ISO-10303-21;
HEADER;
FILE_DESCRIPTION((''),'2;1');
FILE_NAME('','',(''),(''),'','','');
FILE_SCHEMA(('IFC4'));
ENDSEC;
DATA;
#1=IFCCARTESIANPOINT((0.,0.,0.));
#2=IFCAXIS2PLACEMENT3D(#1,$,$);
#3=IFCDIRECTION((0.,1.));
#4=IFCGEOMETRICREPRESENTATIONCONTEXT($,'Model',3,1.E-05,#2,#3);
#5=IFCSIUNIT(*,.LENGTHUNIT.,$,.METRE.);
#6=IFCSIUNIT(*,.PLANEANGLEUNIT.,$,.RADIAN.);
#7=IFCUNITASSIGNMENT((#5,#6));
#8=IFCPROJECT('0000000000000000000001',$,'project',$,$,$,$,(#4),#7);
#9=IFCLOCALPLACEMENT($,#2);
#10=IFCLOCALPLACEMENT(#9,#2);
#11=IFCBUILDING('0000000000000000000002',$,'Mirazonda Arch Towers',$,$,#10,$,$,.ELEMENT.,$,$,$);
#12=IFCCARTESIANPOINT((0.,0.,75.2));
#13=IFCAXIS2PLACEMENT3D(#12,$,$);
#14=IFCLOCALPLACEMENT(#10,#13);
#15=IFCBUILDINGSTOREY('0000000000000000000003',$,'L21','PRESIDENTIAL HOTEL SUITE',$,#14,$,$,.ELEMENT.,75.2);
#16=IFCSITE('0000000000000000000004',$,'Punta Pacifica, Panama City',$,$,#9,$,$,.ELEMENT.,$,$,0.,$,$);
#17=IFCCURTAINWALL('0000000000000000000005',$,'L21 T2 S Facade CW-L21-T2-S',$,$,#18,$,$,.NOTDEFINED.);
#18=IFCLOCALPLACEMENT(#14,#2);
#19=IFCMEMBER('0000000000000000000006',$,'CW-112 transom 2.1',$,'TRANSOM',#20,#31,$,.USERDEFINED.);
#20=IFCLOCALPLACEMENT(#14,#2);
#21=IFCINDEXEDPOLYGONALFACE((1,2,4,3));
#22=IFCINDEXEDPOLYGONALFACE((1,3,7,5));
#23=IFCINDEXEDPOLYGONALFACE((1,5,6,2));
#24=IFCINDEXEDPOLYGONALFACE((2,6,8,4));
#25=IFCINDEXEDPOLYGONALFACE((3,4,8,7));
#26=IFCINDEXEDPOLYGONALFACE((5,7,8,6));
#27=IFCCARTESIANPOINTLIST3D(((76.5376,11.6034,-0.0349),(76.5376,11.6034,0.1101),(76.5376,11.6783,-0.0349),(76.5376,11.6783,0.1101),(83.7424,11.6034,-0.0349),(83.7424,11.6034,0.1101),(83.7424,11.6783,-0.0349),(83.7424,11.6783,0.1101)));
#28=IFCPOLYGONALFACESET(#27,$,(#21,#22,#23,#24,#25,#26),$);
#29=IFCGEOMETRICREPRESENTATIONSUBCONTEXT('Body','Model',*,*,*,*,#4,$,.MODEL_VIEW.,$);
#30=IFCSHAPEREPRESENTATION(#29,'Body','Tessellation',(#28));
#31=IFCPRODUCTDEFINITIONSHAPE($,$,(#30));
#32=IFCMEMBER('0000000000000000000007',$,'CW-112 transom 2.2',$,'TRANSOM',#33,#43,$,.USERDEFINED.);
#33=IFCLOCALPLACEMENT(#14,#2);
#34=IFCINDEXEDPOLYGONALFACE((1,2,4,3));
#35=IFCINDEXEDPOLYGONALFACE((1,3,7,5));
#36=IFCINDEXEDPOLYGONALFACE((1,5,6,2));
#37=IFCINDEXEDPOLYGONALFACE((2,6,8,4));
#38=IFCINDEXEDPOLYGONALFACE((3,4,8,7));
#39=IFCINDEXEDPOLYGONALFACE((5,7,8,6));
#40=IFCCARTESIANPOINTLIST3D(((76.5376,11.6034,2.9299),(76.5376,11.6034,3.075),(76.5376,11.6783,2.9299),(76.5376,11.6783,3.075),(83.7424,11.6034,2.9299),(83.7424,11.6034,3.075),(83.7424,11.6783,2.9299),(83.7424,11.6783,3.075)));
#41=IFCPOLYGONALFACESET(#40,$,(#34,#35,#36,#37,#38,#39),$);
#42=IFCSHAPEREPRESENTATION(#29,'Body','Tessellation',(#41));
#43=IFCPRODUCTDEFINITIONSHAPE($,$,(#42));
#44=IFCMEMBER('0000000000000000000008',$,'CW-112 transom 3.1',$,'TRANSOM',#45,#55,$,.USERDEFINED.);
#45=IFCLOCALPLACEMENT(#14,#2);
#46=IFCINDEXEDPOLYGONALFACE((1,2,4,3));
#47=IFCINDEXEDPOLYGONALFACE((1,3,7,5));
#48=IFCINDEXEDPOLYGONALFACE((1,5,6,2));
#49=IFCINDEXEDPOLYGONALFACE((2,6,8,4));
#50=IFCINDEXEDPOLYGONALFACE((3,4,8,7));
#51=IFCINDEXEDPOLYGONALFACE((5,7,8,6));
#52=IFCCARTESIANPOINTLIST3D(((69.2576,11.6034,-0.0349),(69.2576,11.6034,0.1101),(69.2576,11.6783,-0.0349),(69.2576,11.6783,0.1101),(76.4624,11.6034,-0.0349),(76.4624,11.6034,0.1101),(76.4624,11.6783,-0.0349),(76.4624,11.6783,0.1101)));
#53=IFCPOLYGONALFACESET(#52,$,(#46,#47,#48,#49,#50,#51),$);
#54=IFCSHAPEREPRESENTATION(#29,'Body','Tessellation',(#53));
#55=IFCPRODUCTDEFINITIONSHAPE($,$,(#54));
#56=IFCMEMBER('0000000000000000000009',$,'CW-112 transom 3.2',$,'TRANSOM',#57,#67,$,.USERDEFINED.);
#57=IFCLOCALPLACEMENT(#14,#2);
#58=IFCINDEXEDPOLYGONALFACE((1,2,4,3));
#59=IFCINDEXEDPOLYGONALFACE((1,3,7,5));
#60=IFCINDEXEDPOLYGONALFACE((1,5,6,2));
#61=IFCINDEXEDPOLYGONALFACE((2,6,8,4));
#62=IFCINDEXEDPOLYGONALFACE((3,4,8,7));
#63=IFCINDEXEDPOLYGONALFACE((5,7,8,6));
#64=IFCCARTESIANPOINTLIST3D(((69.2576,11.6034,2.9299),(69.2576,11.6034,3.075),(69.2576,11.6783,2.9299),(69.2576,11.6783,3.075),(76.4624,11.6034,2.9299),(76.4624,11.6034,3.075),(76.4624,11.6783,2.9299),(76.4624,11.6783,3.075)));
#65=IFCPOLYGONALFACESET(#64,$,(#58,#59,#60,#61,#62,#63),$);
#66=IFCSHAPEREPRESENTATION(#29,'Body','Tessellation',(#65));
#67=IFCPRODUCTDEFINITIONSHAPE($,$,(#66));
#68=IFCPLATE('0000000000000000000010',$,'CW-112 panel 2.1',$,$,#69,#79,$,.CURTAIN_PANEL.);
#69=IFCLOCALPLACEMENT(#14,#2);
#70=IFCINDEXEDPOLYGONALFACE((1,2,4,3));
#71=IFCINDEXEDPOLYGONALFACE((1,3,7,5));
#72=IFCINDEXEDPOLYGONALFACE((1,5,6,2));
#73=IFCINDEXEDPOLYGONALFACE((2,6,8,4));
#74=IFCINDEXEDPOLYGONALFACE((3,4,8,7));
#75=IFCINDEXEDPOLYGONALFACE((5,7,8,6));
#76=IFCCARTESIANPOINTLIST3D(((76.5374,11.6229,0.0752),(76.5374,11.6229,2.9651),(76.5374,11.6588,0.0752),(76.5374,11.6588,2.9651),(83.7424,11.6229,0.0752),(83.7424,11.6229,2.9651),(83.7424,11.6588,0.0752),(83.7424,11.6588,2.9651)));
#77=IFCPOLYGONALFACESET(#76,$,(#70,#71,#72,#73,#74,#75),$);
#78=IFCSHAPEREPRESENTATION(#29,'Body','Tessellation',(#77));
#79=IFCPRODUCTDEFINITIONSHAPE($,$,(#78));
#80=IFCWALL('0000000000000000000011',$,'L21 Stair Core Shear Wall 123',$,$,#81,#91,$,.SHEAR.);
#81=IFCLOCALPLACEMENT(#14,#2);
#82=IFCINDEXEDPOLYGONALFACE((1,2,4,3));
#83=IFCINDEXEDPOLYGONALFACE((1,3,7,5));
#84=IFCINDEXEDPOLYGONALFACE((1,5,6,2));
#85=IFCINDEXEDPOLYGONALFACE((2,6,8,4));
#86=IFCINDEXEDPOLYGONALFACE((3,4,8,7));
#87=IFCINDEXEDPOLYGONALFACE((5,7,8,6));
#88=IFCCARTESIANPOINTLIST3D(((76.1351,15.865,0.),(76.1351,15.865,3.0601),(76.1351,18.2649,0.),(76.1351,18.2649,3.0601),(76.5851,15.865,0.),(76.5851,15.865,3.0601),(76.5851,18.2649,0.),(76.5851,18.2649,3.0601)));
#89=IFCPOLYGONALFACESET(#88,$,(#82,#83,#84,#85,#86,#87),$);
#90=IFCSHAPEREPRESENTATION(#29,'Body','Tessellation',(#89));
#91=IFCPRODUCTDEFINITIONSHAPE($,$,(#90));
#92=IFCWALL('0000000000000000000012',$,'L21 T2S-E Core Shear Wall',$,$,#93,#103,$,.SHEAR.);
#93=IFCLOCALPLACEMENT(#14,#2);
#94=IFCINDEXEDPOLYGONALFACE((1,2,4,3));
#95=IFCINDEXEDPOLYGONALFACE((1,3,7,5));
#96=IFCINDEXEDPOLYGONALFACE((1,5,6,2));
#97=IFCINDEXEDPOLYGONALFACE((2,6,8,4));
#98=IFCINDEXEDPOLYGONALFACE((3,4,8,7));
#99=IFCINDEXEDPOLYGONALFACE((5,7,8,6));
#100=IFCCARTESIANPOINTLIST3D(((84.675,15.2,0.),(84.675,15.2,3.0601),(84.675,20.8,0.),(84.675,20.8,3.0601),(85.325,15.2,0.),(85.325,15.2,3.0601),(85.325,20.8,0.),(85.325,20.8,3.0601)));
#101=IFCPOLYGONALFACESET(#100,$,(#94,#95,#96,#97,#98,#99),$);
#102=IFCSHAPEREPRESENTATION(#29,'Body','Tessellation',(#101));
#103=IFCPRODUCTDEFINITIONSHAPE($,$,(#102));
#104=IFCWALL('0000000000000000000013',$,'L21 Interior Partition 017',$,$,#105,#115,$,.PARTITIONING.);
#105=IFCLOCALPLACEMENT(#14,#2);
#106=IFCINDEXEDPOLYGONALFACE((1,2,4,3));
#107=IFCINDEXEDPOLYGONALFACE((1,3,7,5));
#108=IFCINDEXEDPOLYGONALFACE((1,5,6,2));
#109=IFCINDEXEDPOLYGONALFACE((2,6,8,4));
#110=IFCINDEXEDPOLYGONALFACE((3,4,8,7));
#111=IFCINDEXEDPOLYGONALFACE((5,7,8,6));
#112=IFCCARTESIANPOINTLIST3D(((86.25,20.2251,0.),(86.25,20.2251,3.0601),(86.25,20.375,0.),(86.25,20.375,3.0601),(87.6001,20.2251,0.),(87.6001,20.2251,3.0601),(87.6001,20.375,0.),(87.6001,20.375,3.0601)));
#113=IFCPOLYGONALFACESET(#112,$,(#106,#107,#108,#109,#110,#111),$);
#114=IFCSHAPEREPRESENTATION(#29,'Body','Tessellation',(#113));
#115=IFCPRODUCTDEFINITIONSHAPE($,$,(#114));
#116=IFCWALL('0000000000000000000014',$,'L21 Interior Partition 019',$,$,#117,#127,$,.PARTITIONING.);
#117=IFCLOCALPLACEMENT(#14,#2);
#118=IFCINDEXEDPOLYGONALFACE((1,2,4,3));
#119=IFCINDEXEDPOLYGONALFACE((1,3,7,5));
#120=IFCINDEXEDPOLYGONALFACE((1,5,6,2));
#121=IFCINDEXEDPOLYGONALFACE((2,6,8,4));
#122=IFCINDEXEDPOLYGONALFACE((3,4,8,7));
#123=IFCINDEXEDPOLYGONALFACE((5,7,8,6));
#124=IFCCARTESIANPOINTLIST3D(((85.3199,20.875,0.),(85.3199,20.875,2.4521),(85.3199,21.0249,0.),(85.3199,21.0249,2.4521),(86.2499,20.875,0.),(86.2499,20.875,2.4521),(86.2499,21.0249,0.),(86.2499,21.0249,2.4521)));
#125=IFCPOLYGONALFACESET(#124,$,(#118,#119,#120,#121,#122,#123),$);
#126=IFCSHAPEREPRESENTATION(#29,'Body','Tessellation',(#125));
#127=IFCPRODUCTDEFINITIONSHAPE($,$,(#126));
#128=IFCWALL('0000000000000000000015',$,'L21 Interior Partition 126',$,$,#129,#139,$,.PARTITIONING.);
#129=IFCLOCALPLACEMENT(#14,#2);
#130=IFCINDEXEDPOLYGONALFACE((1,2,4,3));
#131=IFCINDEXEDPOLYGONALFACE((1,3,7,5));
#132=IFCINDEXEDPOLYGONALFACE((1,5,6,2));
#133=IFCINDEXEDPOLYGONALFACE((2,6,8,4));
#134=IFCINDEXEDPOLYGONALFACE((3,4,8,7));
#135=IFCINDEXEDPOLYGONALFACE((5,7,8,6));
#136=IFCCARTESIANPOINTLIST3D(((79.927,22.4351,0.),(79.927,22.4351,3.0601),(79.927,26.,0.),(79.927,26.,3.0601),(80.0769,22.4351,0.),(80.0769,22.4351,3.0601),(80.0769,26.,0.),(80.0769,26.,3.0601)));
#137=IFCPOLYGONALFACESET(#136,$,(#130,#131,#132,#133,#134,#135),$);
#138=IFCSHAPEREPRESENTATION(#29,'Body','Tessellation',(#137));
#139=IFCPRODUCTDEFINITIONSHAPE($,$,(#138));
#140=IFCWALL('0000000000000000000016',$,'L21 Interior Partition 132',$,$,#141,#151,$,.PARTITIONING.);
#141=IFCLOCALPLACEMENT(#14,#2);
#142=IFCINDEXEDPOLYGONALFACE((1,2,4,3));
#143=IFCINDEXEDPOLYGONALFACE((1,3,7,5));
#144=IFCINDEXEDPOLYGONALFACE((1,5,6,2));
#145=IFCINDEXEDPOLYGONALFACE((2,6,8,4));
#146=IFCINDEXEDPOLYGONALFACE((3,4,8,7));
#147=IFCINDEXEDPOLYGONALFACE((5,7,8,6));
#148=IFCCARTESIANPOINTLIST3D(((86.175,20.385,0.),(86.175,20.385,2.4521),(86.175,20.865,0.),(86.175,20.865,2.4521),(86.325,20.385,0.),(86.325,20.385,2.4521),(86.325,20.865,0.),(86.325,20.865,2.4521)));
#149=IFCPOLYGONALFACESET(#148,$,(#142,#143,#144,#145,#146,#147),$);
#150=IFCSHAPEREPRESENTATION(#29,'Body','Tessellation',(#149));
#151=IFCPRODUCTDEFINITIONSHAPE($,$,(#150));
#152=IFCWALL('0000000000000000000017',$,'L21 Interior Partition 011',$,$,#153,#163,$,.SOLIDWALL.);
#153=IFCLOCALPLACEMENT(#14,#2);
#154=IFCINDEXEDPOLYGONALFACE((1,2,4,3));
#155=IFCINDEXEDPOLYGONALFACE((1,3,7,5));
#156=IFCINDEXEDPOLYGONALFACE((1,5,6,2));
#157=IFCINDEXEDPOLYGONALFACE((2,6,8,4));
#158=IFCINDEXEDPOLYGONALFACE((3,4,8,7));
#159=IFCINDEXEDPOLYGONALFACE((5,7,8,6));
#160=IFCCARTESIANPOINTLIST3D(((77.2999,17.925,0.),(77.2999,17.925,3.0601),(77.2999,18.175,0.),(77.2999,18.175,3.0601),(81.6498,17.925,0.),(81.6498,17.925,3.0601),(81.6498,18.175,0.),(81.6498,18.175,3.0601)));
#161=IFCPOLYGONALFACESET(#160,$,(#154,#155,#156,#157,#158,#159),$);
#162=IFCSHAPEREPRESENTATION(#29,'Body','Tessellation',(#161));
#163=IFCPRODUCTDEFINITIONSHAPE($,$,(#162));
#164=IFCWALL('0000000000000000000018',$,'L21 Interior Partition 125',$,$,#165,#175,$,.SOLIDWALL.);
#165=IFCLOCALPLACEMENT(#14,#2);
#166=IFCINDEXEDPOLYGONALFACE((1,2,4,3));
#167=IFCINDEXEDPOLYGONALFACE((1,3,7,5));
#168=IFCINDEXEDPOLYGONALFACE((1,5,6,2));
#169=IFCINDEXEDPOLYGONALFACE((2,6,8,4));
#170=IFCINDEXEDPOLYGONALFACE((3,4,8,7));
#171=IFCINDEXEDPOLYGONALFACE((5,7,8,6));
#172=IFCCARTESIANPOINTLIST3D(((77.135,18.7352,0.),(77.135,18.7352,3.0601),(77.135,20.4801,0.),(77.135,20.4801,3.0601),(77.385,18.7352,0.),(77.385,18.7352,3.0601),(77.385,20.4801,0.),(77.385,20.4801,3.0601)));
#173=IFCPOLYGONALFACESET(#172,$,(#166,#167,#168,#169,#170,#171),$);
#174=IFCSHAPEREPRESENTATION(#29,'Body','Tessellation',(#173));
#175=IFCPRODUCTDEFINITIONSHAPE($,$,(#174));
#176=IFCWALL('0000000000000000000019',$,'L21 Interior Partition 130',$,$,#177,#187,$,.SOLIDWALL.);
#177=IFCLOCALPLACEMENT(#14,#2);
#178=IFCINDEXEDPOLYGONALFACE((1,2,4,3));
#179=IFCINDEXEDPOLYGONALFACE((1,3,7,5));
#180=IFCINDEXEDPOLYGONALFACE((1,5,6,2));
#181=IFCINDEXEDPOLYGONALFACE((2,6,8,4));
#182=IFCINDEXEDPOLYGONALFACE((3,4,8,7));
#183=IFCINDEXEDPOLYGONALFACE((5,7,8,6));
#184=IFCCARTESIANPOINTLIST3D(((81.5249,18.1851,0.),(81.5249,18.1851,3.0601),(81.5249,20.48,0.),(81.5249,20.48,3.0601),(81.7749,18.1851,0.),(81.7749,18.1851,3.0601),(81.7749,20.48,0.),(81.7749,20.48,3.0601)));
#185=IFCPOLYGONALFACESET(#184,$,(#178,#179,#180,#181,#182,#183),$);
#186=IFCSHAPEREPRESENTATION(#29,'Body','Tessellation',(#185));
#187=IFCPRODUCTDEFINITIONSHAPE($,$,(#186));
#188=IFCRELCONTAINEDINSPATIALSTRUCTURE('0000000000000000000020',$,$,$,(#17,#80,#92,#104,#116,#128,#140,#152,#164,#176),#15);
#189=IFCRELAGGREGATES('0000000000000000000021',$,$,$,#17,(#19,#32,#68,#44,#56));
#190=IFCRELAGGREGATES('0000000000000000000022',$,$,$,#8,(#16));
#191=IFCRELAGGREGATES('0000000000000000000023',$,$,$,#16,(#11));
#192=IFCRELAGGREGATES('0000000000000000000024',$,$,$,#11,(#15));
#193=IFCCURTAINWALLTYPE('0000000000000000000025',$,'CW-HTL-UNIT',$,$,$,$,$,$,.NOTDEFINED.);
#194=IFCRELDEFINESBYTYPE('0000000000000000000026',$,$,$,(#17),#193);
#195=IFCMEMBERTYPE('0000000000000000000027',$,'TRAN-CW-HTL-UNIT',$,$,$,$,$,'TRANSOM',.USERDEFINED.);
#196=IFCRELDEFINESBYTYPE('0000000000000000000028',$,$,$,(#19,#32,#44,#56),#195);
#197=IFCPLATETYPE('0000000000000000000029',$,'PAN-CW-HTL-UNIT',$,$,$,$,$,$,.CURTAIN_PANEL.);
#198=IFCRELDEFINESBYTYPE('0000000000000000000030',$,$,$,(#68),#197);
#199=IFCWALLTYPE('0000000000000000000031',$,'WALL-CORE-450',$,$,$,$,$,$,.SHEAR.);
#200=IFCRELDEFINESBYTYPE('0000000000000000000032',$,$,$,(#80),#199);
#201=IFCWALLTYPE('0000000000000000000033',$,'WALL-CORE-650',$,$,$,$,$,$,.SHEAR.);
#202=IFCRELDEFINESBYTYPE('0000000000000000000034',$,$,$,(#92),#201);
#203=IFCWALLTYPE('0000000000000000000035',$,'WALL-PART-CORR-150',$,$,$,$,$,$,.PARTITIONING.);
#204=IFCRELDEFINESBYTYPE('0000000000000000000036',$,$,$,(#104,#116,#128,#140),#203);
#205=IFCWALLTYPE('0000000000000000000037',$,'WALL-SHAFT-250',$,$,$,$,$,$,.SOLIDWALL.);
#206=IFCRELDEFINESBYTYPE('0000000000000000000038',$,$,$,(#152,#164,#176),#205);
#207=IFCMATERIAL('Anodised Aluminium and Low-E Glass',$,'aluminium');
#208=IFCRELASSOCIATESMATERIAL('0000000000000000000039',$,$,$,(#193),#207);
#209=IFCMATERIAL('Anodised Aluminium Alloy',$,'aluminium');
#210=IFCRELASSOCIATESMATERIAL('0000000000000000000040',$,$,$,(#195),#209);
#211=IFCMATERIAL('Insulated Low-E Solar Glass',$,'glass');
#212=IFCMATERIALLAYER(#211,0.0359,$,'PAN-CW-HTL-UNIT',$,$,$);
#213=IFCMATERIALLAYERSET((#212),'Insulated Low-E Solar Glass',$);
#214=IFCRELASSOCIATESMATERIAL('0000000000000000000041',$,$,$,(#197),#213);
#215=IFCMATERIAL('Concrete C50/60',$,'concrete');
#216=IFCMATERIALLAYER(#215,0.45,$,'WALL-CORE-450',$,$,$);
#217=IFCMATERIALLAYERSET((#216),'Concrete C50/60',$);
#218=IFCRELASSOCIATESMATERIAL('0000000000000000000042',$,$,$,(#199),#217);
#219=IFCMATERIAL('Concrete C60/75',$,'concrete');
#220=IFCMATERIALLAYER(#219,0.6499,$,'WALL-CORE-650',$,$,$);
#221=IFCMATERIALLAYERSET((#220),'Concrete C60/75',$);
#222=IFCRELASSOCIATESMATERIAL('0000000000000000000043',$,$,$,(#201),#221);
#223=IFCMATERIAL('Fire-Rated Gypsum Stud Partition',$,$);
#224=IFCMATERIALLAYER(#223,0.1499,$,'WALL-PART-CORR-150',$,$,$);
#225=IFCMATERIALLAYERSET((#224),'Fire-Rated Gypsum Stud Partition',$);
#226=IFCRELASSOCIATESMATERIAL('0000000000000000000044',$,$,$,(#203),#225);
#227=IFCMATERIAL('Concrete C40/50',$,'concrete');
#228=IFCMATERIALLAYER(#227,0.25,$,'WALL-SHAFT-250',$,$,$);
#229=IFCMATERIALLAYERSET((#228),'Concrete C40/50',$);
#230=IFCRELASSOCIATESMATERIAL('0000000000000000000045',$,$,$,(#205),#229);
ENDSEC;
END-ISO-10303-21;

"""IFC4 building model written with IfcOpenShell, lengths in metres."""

from ifc_helpers import new_model, si_unit, direction, frame, frame_2d, origin, origin_2d, place, context, subcontext, project, spatial, rectangle, extrude, material, layer, layer_set, material_profile, profile_set, type_object, element, aggregate, save


model = new_model("IFC4")

# Units and contexts
model_context = context("Model", 3, precision=1e-05, world=origin(), true_north=direction((0.0, 1.0)))
body_context = subcontext(model_context, "Body", "Model", "MODEL_VIEW")
ifc_project = project(units=[si_unit("LENGTHUNIT", "METRE"), si_unit("PLANEANGLEUNIT", "RADIAN")], contexts=[model_context])

# Site, building, storey
site_placement = place(None, origin())
site = spatial("IfcSite", under=ifc_project, at=site_placement, Name="Punta Pacifica, Panama City", CompositionType="ELEMENT", RefElevation=0.0)
building_placement = place(site_placement, origin())
building = spatial("IfcBuilding", under=site, at=building_placement, Name="Mirazonda Arch Towers", CompositionType="ELEMENT")
storey_placement = place(building_placement, frame((0.0, 0.0, 75.2)))
storey = spatial("IfcBuildingStorey", under=building, at=storey_placement, Name="L21", Description="PRESIDENTIAL HOTEL SUITE", CompositionType="ELEMENT", Elevation=75.2)

# Shared definitions
ifc_material_1 = material(Name="Concrete C60/75", Category="concrete")

# Curtain wall, members, plate
ifc_material_2 = material(Name="Anodised Aluminium and Low-E Glass", Category="aluminium")
curtain_wall_type = type_object("IfcCurtainWallType", Name="CW-HTL-UNIT", PredefinedType="NOTDEFINED", material=ifc_material_2)
curtain_wall_placement = place(storey_placement, origin())
curtain_wall = element("IfcCurtainWall", 1, at=curtain_wall_placement, inside=storey, type_object=curtain_wall_type, Name="L21 T2 S Facade CW-L21-T2-S", PredefinedType="NOTDEFINED")
ifc_material_3 = material(Name="Anodised Aluminium Alloy", Category="aluminium")
ifc_material_profile_1 = material_profile(ifc_material_3, rectangle(XDim=0.075, YDim=0.145, at=origin_2d()), Name="ALU-TRAN-75x145")
ifc_profile_set_1 = profile_set([ifc_material_profile_1], Name="Anodised Aluminium Alloy")
member_type_1 = type_object("IfcMemberType", Name="TRAN-CW-HTL-UNIT", ElementType="TRANSOM", PredefinedType="USERDEFINED", material=ifc_profile_set_1)
member_1_placement = place(storey_placement, frame((83.7424, 11.6409, 0.0376), z_axis=(-1.0, 0.0, 0.0), x_axis=(0.0, -1.0, 0.0)))
member_1 = element("IfcMember", 2, at=member_1_placement, type_object=member_type_1, Name="CW-112 transom 2.1", ObjectType="TRANSOM", PredefinedType="USERDEFINED", context=body_context, shape_type="SweptSolid", body=[
    extrude(rectangle(XDim=0.075, YDim=0.145, at=origin_2d()), origin(), (0.0, 0.0, 1.0), 7.2048),
])
member_2_placement = place(storey_placement, frame((83.7424, 11.6409, 3.0024), z_axis=(-1.0, 0.0, 0.0), x_axis=(0.0, -1.0, 0.0)))
member_2 = element("IfcMember", 3, at=member_2_placement, type_object=member_type_1, Name="CW-112 transom 2.2", ObjectType="TRANSOM", PredefinedType="USERDEFINED", context=body_context, shape_type="SweptSolid", body=[
    extrude(rectangle(XDim=0.075, YDim=0.145, at=origin_2d()), origin(), (0.0, 0.0, 1.0), 7.2048),
])
member_3_placement = place(storey_placement, frame((76.4624, 11.6409, 0.0376), z_axis=(-1.0, 0.0, 0.0), x_axis=(0.0, -1.0, 0.0)))
member_3 = element("IfcMember", 4, at=member_3_placement, type_object=member_type_1, Name="CW-112 transom 3.1", ObjectType="TRANSOM", PredefinedType="USERDEFINED", context=body_context, shape_type="SweptSolid", body=[
    extrude(rectangle(XDim=0.075, YDim=0.145, at=origin_2d()), origin(), (0.0, 0.0, 1.0), 7.2048),
])
member_4_placement = place(storey_placement, frame((76.4624, 11.6409, 3.0024), z_axis=(-1.0, 0.0, 0.0), x_axis=(0.0, -1.0, 0.0)))
member_4 = element("IfcMember", 5, at=member_4_placement, type_object=member_type_1, Name="CW-112 transom 3.2", ObjectType="TRANSOM", PredefinedType="USERDEFINED", context=body_context, shape_type="SweptSolid", body=[
    extrude(rectangle(XDim=0.075, YDim=0.145, at=origin_2d()), origin(), (0.0, 0.0, 1.0), 7.2048),
])
ifc_material_4 = material(Name="Insulated Low-E Solar Glass", Category="glass")
ifc_layer_1 = layer(ifc_material_4, 0.0359, Name="PAN-CW-HTL-UNIT")
ifc_layer_set_1 = layer_set([ifc_layer_1], Name="Insulated Low-E Solar Glass")
plate_type = type_object("IfcPlateType", Name="PAN-CW-HTL-UNIT", PredefinedType="CURTAIN_PANEL", material=ifc_layer_set_1)
plate_placement = place(storey_placement, frame((80.1399, 11.6409, 0.0752), z_axis=(0.0, 0.0, 1.0), x_axis=(-1.0, 0.0, 0.0)))
plate = element("IfcPlate", 6, at=plate_placement, type_object=plate_type, Name="CW-112 panel 2.1", PredefinedType="CURTAIN_PANEL", context=body_context, shape_type="SweptSolid", body=[
    extrude(rectangle(XDim=7.2051, YDim=0.0359, at=origin_2d()), origin(), (0.0, 0.0, 1.0), 2.8899),
])
aggregate(curtain_wall, [member_1, member_2, plate, member_3, member_4])

# Walls
ifc_material_5 = material(Name="Concrete C50/60", Category="concrete")
ifc_layer_2 = layer(ifc_material_5, 0.45, Name="WALL-CORE-450")
ifc_layer_set_2 = layer_set([ifc_layer_2], Name="Concrete C50/60")
wall_type_1 = type_object("IfcWallType", Name="WALL-CORE-450", PredefinedType="SHEAR", material=ifc_layer_set_2)
wall_1_placement = place(storey_placement, frame((76.3601, 15.865, 0.0), z_axis=(0.0, 0.0, 1.0), x_axis=(0.0, 1.0, 0.0)))
element("IfcWall", 7, at=wall_1_placement, inside=storey, type_object=wall_type_1, Name="L21 Stair Core Shear Wall 123", PredefinedType="SHEAR", context=body_context, shape_type="SweptSolid", body=[
    extrude(rectangle(XDim=2.3999, YDim=0.45, at=frame_2d((1.2, 0.0))), origin(), (0.0, 0.0, 1.0), 3.0601),
])
ifc_layer_3 = layer(ifc_material_1, 0.6499, Name="WALL-CORE-650")
ifc_layer_set_3 = layer_set([ifc_layer_3], Name="Concrete C60/75")
wall_type_2 = type_object("IfcWallType", Name="WALL-CORE-650", PredefinedType="SHEAR", material=ifc_layer_set_3)
wall_2_placement = place(storey_placement, frame((85.0, 15.2, 0.0), z_axis=(0.0, 0.0, 1.0), x_axis=(0.0, 1.0, 0.0)))
element("IfcWall", 8, at=wall_2_placement, inside=storey, type_object=wall_type_2, Name="L21 T2S-E Core Shear Wall", PredefinedType="SHEAR", context=body_context, shape_type="SweptSolid", body=[
    extrude(rectangle(XDim=5.6001, YDim=0.6499, at=frame_2d((2.8, 0.0))), origin(), (0.0, 0.0, 1.0), 3.0601),
])
ifc_material_6 = material(Name="Fire-Rated Gypsum Stud Partition")
ifc_layer_4 = layer(ifc_material_6, 0.1499, Name="WALL-PART-CORR-150")
ifc_layer_set_4 = layer_set([ifc_layer_4], Name="Fire-Rated Gypsum Stud Partition")
wall_type_3 = type_object("IfcWallType", Name="WALL-PART-CORR-150", PredefinedType="PARTITIONING", material=ifc_layer_set_4)
wall_3_placement = place(storey_placement, frame((86.25, 20.3, 0.0), z_axis=(0.0, 0.0, 1.0), x_axis=(1.0, 0.0, 0.0)))
element("IfcWall", 9, at=wall_3_placement, inside=storey, type_object=wall_type_3, Name="L21 Interior Partition 017", PredefinedType="PARTITIONING", context=body_context, shape_type="SweptSolid", body=[
    extrude(rectangle(XDim=1.3501, YDim=0.1499, at=frame_2d((0.675, 0.0))), origin(), (0.0, 0.0, 1.0), 3.0601),
])
wall_4_placement = place(storey_placement, frame((85.3201, 20.95, 0.0), z_axis=(0.0, 0.0, 1.0), x_axis=(1.0, 0.0, 0.0)))
element("IfcWall", 10, at=wall_4_placement, inside=storey, type_object=wall_type_3, Name="L21 Interior Partition 019", PredefinedType="PARTITIONING", context=body_context, shape_type="SweptSolid", body=[
    extrude(rectangle(XDim=0.9299, YDim=0.1499, at=frame_2d((0.4648, 0.0))), origin(), (0.0, 0.0, 1.0), 2.4521),
])
wall_5_placement = place(storey_placement, frame((80.002, 22.4351, 0.0), z_axis=(0.0, 0.0, 1.0), x_axis=(0.0, 1.0, 0.0)))
element("IfcWall", 11, at=wall_5_placement, inside=storey, type_object=wall_type_3, Name="L21 Interior Partition 126", PredefinedType="PARTITIONING", context=body_context, shape_type="SweptSolid", body=[
    extrude(rectangle(XDim=3.5649, YDim=0.1499, at=frame_2d((1.7825, 0.0))), origin(), (0.0, 0.0, 1.0), 3.0601),
])
wall_6_placement = place(storey_placement, frame((86.25, 20.385, 0.0), z_axis=(0.0, 0.0, 1.0), x_axis=(0.0, 1.0, 0.0)))
element("IfcWall", 12, at=wall_6_placement, inside=storey, type_object=wall_type_3, Name="L21 Interior Partition 132", PredefinedType="PARTITIONING", context=body_context, shape_type="SweptSolid", body=[
    extrude(rectangle(XDim=0.48, YDim=0.1499, at=frame_2d((0.24, 0.0))), origin(), (0.0, 0.0, 1.0), 2.4521),
])
ifc_material_7 = material(Name="Concrete C40/50", Category="concrete")
ifc_layer_5 = layer(ifc_material_7, 0.25, Name="WALL-SHAFT-250")
ifc_layer_set_5 = layer_set([ifc_layer_5], Name="Concrete C40/50")
wall_type_4 = type_object("IfcWallType", Name="WALL-SHAFT-250", PredefinedType="SOLIDWALL", material=ifc_layer_set_5)
wall_7_placement = place(storey_placement, frame((77.3, 18.05, 0.0), z_axis=(0.0, 0.0, 1.0), x_axis=(1.0, 0.0, 0.0)))
element("IfcWall", 13, at=wall_7_placement, inside=storey, type_object=wall_type_4, Name="L21 Interior Partition 011", PredefinedType="SOLIDWALL", context=body_context, shape_type="SweptSolid", body=[
    extrude(rectangle(XDim=4.3499, YDim=0.25, at=frame_2d((2.1748, 0.0))), origin(), (0.0, 0.0, 1.0), 3.0601),
])
wall_8_placement = place(storey_placement, frame((77.26, 18.7351, 0.0), z_axis=(0.0, 0.0, 1.0), x_axis=(0.0, 1.0, 0.0)))
element("IfcWall", 14, at=wall_8_placement, inside=storey, type_object=wall_type_4, Name="L21 Interior Partition 125", PredefinedType="SOLIDWALL", context=body_context, shape_type="SweptSolid", body=[
    extrude(rectangle(XDim=1.7449, YDim=0.25, at=frame_2d((0.8726, 0.0))), origin(), (0.0, 0.0, 1.0), 3.0601),
])
wall_9_placement = place(storey_placement, frame((81.6499, 18.1851, 0.0), z_axis=(0.0, 0.0, 1.0), x_axis=(0.0, 1.0, 0.0)))
element("IfcWall", 15, at=wall_9_placement, inside=storey, type_object=wall_type_4, Name="L21 Interior Partition 130", PredefinedType="SOLIDWALL", context=body_context, shape_type="SweptSolid", body=[
    extrude(rectangle(XDim=2.2949, YDim=0.25, at=frame_2d((1.1475, 0.0))), origin(), (0.0, 0.0, 1.0), 3.0601),
])

save(model, "model.ifc")
